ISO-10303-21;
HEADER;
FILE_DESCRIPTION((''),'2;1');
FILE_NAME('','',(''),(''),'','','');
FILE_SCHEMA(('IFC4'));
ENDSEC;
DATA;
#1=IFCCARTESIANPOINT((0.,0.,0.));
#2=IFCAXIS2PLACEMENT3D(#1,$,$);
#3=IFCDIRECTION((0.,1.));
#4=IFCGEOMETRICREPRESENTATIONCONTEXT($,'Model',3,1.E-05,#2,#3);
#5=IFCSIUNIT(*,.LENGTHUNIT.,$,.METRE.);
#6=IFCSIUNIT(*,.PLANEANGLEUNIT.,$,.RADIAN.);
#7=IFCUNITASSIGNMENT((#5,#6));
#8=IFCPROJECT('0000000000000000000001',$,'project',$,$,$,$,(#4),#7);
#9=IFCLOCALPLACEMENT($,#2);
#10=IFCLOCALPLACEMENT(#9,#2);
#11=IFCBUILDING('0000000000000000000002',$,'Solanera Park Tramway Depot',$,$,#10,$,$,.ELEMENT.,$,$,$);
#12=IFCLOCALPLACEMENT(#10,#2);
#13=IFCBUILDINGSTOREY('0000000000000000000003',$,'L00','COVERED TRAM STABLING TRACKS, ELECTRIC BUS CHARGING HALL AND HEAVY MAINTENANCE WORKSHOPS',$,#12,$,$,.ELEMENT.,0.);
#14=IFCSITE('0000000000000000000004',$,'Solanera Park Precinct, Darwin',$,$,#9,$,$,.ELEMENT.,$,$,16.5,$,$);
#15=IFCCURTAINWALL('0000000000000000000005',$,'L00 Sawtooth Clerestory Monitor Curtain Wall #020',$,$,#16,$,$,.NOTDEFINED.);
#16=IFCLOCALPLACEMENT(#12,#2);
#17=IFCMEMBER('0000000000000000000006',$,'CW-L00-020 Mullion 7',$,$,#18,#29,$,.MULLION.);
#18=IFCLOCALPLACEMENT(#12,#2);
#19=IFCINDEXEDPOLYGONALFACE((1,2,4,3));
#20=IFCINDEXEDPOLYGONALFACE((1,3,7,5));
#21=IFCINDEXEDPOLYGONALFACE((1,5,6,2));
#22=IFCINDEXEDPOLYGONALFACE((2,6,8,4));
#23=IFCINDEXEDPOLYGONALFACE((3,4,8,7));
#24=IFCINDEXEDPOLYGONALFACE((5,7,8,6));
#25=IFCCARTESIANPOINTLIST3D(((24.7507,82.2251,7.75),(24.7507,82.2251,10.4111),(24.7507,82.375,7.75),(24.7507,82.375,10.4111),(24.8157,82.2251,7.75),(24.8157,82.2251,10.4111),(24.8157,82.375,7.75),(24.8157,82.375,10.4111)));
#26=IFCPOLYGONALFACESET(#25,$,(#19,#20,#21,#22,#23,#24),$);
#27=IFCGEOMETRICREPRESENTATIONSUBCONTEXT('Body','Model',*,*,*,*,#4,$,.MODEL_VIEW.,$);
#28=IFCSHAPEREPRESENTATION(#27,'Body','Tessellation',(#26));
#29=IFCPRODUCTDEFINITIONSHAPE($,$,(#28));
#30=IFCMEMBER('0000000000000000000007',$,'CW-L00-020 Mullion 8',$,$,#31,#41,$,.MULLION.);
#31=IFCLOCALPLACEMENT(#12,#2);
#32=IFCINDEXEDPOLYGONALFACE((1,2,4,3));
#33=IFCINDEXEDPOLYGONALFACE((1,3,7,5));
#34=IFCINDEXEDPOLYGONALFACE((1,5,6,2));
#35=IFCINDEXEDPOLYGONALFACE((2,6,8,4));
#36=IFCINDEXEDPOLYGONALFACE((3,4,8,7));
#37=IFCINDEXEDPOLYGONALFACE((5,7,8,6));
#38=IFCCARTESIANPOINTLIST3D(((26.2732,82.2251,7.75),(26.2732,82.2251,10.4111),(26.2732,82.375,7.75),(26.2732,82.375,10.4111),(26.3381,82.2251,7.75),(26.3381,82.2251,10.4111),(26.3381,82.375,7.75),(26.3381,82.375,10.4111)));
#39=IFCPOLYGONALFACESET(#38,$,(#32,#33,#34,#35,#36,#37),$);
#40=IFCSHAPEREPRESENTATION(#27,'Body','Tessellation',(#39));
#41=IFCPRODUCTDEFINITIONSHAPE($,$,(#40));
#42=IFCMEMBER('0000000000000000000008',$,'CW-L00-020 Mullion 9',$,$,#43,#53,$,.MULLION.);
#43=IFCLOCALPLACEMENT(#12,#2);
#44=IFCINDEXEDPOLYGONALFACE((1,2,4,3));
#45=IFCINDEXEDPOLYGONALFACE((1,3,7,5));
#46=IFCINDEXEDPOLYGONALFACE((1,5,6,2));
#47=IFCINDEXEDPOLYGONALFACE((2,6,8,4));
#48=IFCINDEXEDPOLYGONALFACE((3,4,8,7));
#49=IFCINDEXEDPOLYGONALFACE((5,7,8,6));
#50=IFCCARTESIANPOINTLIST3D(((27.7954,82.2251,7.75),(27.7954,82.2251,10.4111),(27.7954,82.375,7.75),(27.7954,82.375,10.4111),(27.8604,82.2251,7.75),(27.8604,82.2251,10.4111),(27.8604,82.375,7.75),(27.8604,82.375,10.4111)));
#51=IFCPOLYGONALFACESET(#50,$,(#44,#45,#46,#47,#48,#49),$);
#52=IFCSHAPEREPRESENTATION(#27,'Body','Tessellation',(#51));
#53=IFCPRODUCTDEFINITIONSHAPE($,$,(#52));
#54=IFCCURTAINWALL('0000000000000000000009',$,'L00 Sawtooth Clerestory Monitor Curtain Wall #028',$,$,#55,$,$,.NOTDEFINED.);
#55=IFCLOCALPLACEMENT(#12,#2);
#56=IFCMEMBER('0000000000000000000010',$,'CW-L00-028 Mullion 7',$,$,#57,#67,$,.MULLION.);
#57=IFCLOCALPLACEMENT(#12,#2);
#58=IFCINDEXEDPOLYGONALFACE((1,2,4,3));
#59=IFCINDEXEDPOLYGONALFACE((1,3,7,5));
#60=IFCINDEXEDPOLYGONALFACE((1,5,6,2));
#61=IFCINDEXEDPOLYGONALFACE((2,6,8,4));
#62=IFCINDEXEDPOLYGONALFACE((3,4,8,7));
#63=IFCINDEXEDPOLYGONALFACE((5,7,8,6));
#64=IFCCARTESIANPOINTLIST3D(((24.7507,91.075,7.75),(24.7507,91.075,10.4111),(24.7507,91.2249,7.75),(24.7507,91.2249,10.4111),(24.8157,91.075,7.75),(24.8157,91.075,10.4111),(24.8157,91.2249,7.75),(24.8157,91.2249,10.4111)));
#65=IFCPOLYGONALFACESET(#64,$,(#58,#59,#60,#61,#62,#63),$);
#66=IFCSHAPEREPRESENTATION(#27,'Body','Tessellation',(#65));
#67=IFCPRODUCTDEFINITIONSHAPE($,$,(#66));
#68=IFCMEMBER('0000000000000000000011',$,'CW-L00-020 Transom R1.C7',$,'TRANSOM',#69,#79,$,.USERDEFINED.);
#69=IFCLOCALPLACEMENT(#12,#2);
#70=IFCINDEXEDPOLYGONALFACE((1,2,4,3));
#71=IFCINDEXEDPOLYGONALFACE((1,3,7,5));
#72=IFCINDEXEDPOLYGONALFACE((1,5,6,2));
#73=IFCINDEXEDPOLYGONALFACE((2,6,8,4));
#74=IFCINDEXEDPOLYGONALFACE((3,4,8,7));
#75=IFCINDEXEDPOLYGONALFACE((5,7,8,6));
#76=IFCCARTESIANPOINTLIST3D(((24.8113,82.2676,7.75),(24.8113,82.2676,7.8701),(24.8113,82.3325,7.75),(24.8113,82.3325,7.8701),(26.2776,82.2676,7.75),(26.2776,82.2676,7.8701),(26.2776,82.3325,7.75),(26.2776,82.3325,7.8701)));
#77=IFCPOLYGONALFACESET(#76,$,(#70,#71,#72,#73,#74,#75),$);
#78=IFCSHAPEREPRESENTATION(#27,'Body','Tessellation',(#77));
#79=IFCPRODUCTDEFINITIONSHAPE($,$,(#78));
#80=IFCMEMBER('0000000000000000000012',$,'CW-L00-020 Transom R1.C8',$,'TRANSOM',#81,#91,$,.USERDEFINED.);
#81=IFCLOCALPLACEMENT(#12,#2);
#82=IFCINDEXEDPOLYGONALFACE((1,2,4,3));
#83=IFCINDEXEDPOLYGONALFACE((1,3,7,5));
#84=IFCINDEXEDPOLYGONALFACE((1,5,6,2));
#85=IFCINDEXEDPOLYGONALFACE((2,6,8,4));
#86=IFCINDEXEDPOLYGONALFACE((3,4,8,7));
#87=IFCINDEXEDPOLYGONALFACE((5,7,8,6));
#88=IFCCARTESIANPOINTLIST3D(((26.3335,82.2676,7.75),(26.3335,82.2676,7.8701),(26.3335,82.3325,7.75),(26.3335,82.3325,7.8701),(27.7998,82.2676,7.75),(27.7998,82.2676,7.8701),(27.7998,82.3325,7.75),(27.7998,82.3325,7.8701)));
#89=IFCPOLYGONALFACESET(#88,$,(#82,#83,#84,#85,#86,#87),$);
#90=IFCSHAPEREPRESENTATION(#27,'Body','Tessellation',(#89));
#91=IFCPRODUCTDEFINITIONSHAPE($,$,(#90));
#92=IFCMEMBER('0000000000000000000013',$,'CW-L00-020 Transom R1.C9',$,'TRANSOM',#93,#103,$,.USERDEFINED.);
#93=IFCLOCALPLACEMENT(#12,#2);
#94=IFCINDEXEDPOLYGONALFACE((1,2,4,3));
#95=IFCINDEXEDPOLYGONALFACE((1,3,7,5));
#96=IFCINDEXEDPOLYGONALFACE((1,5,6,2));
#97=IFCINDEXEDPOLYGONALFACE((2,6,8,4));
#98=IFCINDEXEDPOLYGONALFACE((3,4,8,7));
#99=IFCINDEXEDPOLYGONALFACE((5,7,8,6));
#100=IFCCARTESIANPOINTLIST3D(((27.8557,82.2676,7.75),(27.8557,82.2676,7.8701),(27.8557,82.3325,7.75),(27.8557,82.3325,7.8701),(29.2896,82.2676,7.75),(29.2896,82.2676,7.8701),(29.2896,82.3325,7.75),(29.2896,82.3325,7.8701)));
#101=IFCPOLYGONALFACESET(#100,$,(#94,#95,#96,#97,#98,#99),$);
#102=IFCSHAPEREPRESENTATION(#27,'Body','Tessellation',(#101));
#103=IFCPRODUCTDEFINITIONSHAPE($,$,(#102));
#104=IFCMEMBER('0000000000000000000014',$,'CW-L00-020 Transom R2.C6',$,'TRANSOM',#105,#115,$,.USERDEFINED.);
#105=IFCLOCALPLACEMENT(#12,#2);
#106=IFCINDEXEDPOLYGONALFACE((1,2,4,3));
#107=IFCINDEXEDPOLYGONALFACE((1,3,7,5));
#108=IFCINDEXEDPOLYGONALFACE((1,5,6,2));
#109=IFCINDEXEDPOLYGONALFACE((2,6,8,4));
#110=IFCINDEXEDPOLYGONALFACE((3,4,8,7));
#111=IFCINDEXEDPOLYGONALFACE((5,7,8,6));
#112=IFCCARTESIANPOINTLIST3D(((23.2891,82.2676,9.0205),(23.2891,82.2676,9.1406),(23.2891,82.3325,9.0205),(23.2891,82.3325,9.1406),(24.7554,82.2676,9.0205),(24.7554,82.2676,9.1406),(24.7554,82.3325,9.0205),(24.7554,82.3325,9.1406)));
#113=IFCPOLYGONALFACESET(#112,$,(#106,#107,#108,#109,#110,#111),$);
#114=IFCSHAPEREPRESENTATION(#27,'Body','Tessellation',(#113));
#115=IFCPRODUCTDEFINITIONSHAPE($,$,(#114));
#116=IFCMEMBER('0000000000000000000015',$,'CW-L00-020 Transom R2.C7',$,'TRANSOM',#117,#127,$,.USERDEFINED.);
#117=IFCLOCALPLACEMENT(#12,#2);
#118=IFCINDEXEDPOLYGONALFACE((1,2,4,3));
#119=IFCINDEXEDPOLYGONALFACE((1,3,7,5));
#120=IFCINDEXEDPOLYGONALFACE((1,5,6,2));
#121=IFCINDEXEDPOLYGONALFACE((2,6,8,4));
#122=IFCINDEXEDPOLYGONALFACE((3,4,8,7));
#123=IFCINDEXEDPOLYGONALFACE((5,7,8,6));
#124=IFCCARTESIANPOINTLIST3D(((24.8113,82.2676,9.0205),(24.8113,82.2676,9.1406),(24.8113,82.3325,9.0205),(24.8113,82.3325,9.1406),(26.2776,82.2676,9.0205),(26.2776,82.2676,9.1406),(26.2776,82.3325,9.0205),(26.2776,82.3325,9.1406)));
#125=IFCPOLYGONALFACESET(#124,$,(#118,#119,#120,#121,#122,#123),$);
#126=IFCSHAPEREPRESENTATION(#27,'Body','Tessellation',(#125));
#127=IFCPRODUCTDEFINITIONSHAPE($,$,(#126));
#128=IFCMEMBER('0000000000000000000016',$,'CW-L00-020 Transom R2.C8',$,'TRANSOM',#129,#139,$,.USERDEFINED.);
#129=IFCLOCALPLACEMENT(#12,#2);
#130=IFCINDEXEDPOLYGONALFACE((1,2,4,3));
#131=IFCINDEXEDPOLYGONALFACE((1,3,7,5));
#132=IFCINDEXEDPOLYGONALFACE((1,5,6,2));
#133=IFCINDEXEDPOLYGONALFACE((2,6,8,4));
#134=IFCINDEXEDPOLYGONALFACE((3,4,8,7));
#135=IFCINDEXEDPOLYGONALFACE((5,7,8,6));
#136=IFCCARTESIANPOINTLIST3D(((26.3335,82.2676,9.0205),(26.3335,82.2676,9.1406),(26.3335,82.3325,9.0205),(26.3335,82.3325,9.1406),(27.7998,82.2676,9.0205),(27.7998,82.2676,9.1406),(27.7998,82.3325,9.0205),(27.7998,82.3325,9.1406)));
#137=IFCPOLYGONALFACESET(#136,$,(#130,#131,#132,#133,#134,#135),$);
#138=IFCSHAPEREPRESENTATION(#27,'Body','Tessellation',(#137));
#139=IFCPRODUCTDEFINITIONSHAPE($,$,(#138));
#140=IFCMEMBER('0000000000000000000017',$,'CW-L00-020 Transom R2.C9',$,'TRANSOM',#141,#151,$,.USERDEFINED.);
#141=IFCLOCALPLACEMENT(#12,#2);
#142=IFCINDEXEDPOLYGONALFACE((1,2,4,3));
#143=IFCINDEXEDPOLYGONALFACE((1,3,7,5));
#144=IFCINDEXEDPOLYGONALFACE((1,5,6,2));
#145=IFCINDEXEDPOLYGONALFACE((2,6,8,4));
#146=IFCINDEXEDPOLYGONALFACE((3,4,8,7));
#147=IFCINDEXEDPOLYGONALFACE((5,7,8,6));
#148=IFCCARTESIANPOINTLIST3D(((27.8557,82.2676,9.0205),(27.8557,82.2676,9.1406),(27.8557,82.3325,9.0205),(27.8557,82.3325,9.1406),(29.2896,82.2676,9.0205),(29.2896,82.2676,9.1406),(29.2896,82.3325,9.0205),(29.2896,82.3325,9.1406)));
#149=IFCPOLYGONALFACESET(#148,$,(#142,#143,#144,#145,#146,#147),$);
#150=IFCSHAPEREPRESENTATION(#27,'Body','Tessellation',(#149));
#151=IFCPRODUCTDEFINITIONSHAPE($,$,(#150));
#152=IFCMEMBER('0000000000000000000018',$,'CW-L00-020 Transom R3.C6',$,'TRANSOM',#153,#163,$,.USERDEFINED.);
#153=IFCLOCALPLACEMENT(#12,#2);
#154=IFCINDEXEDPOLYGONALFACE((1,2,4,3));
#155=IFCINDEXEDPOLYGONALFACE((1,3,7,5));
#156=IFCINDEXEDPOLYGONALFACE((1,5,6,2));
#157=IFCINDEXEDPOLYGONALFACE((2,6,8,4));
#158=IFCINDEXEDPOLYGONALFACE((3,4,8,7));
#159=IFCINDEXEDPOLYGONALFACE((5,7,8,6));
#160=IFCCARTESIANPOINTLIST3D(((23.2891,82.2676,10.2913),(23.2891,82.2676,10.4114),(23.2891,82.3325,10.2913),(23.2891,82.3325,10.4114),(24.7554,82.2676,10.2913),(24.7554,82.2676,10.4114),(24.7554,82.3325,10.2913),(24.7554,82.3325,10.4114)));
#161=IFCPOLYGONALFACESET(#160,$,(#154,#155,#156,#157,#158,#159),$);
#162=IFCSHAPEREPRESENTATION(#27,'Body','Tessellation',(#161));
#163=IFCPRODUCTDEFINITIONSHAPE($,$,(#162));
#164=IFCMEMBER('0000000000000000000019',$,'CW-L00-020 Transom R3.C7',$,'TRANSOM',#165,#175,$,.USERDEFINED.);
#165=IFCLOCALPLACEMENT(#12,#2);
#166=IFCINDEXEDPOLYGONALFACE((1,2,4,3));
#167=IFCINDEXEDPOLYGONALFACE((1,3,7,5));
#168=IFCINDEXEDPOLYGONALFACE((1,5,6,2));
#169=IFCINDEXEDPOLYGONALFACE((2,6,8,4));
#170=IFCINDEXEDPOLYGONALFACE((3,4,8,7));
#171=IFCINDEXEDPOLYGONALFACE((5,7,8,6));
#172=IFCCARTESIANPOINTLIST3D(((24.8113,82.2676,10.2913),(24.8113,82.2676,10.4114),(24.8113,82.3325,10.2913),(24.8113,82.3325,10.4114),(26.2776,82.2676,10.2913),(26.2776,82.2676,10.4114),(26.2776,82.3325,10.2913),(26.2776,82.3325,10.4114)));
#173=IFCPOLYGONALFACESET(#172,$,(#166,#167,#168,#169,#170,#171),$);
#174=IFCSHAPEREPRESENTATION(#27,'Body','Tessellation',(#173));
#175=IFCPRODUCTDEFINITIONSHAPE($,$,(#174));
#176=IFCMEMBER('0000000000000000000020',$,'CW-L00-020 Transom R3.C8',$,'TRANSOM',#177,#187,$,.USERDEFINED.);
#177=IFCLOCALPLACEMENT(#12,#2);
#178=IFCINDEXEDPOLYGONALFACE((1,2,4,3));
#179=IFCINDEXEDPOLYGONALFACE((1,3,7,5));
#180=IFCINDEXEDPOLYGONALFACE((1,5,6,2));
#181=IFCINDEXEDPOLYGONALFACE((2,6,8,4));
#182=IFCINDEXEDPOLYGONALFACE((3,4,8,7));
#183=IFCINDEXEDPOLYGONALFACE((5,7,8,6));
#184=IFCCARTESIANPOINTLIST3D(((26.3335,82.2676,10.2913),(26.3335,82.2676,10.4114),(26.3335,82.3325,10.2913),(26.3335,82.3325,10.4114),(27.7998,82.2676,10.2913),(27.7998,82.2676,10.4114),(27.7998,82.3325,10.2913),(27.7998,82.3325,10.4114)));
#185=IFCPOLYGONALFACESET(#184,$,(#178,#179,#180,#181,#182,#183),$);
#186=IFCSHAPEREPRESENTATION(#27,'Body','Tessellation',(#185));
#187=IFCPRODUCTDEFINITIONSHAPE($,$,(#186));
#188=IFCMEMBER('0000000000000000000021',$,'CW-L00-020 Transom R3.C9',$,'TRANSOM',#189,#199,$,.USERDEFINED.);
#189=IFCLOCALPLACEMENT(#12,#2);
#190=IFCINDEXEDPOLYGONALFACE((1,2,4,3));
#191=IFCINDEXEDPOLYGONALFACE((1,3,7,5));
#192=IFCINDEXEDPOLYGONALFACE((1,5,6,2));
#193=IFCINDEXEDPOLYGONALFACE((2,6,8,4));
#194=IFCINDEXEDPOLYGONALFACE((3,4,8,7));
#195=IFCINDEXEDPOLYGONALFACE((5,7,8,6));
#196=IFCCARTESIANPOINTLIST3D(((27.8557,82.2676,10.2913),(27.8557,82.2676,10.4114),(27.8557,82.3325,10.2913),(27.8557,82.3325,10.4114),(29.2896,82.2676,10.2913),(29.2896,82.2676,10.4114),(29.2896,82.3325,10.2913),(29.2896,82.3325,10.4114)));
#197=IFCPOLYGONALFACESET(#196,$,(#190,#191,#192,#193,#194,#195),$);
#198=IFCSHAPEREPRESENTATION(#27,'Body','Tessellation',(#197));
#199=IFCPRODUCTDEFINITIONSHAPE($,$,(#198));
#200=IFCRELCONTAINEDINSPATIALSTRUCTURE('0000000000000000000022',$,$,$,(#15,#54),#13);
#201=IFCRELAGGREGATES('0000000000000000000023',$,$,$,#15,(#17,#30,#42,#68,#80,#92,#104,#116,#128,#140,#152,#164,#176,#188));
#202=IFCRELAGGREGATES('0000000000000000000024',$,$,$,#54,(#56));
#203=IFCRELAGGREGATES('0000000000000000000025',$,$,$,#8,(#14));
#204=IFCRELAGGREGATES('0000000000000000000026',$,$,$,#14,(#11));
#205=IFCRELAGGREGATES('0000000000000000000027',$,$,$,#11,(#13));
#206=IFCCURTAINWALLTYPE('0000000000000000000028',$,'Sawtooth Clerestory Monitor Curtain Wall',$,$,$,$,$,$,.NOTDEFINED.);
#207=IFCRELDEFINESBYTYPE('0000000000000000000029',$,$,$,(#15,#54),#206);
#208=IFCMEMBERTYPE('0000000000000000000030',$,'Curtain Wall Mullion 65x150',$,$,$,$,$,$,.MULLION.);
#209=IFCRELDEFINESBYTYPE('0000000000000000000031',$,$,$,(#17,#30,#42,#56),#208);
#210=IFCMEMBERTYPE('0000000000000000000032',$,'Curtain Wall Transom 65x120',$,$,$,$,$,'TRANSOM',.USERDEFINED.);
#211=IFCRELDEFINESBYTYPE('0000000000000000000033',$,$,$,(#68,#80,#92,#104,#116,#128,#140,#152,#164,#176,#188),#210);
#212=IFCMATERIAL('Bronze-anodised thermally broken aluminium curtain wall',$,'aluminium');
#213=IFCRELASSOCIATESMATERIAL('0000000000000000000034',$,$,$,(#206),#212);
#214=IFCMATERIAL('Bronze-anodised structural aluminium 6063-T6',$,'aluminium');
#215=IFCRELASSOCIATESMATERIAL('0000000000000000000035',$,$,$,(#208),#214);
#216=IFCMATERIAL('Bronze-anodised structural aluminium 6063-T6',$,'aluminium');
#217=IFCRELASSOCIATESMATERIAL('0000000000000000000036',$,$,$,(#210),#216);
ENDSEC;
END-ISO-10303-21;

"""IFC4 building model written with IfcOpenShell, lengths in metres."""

from ifc_helpers import new_model, si_unit, direction, frame, origin, origin_2d, place, context, subcontext, project, spatial, rectangle, extrude, material, material_profile, profile_set, type_object, element, aggregate, save


model = new_model("IFC4")

# Units and contexts
model_context = context("Model", 3, precision=1e-05, world=origin(), true_north=direction((0.0, 1.0)))
body_context = subcontext(model_context, "Body", "Model", "MODEL_VIEW")
ifc_project = project(units=[si_unit("LENGTHUNIT", "METRE"), si_unit("PLANEANGLEUNIT", "RADIAN")], contexts=[model_context])

# Site, building, storey
site_placement = place(None, origin())
site = spatial("IfcSite", under=ifc_project, at=site_placement, Name="Solanera Park Precinct, Darwin", CompositionType="ELEMENT", RefElevation=16.5)
building_placement = place(site_placement, origin())
building = spatial("IfcBuilding", under=site, at=building_placement, Name="Solanera Park Tramway Depot", CompositionType="ELEMENT")
storey_placement = place(building_placement, origin())
storey = spatial("IfcBuildingStorey", under=building, at=storey_placement, Name="L00", Description="COVERED TRAM STABLING TRACKS, ELECTRIC BUS CHARGING HALL AND HEAVY MAINTENANCE WORKSHOPS", CompositionType="ELEMENT", Elevation=0.0)

# Curtain wall, members
ifc_material_1 = material(Name="Bronze-anodised thermally broken aluminium curtain wall", Category="aluminium")
curtain_wall_type = type_object("IfcCurtainWallType", Name="Sawtooth Clerestory Monitor Curtain Wall", PredefinedType="NOTDEFINED", material=ifc_material_1)
curtain_wall_1_placement = place(storey_placement, origin())
curtain_wall_1 = element("IfcCurtainWall", 1, at=curtain_wall_1_placement, inside=storey, type_object=curtain_wall_type, Name="L00 Sawtooth Clerestory Monitor Curtain Wall #020", PredefinedType="NOTDEFINED")
ifc_material_2 = material(Name="Bronze-anodised structural aluminium 6063-T6", Category="aluminium")
ifc_material_profile_1 = material_profile(ifc_material_2, rectangle(XDim=0.0649, YDim=0.1499, at=origin_2d()), Name="Curtain Wall Mullion 65x150")
ifc_profile_set_1 = profile_set([ifc_material_profile_1], Name="Bronze-anodised structural aluminium 6063-T6")
member_type_1 = type_object("IfcMemberType", Name="Curtain Wall Mullion 65x150", PredefinedType="MULLION", material=ifc_profile_set_1)
member_1_placement = place(storey_placement, frame((24.7832, 82.3, 7.75), z_axis=(0.0, 0.0, 1.0), x_axis=(1.0, 0.0, 0.0)))
member_1 = element("IfcMember", 2, at=member_1_placement, type_object=member_type_1, Name="CW-L00-020 Mullion 7", PredefinedType="MULLION", context=body_context, shape_type="SweptSolid", body=[
    extrude(rectangle(XDim=0.0649, YDim=0.1499, at=origin_2d()), origin(), (0.0, 0.0, 1.0), 2.6611),
])
member_2_placement = place(storey_placement, frame((26.3057, 82.3, 7.75), z_axis=(0.0, 0.0, 1.0), x_axis=(1.0, 0.0, 0.0)))
member_2 = element("IfcMember", 3, at=member_2_placement, type_object=member_type_1, Name="CW-L00-020 Mullion 8", PredefinedType="MULLION", context=body_context, shape_type="SweptSolid", body=[
    extrude(rectangle(XDim=0.0649, YDim=0.1499, at=origin_2d()), origin(), (0.0, 0.0, 1.0), 2.6611),
])
member_3_placement = place(storey_placement, frame((27.8279, 82.3, 7.75), z_axis=(0.0, 0.0, 1.0), x_axis=(1.0, 0.0, 0.0)))
member_3 = element("IfcMember", 4, at=member_3_placement, type_object=member_type_1, Name="CW-L00-020 Mullion 9", PredefinedType="MULLION", context=body_context, shape_type="SweptSolid", body=[
    extrude(rectangle(XDim=0.0649, YDim=0.1499, at=origin_2d()), origin(), (0.0, 0.0, 1.0), 2.6611),
])

# Curtain wall, member
curtain_wall_2_placement = place(storey_placement, origin())
curtain_wall_2 = element("IfcCurtainWall", 5, at=curtain_wall_2_placement, inside=storey, type_object=curtain_wall_type, Name="L00 Sawtooth Clerestory Monitor Curtain Wall #028", PredefinedType="NOTDEFINED")
member_4_placement = place(storey_placement, frame((24.7832, 91.1499, 7.75), z_axis=(0.0, 0.0, 1.0), x_axis=(1.0, 0.0, 0.0)))
member_4 = element("IfcMember", 6, at=member_4_placement, type_object=member_type_1, Name="CW-L00-028 Mullion 7", PredefinedType="MULLION", context=body_context, shape_type="SweptSolid", body=[
    extrude(rectangle(XDim=0.0649, YDim=0.1499, at=origin_2d()), origin(), (0.0, 0.0, 1.0), 2.6611),
])

# Members
ifc_material_3 = material(Name="Bronze-anodised structural aluminium 6063-T6", Category="aluminium")
ifc_material_profile_2 = material_profile(ifc_material_3, rectangle(XDim=0.0649, YDim=0.1201, at=origin_2d()), Name="Curtain Wall Transom 65x120")
ifc_profile_set_2 = profile_set([ifc_material_profile_2], Name="Bronze-anodised structural aluminium 6063-T6")
member_type_2 = type_object("IfcMemberType", Name="Curtain Wall Transom 65x120", ElementType="TRANSOM", PredefinedType="USERDEFINED", material=ifc_profile_set_2)
member_5_placement = place(storey_placement, frame((24.8113, 82.3, 7.8101), z_axis=(1.0, 0.0, 0.0), x_axis=(0.0, 1.0, 0.0)))
member_5 = element("IfcMember", 7, at=member_5_placement, type_object=member_type_2, Name="CW-L00-020 Transom R1.C7", ObjectType="TRANSOM", PredefinedType="USERDEFINED", context=body_context, shape_type="SweptSolid", body=[
    extrude(rectangle(XDim=0.0649, YDim=0.1201, at=origin_2d()), origin(), (0.0, 0.0, 1.0), 1.4663),
])
member_6_placement = place(storey_placement, frame((26.3335, 82.3, 7.8101), z_axis=(1.0, 0.0, 0.0), x_axis=(0.0, 1.0, 0.0)))
member_6 = element("IfcMember", 8, at=member_6_placement, type_object=member_type_2, Name="CW-L00-020 Transom R1.C8", ObjectType="TRANSOM", PredefinedType="USERDEFINED", context=body_context, shape_type="SweptSolid", body=[
    extrude(rectangle(XDim=0.0649, YDim=0.1201, at=origin_2d()), origin(), (0.0, 0.0, 1.0), 1.4663),
])
member_7_placement = place(storey_placement, frame((27.8557, 82.3, 7.8101), z_axis=(1.0, 0.0, 0.0), x_axis=(0.0, 1.0, 0.0)))
member_7 = element("IfcMember", 9, at=member_7_placement, type_object=member_type_2, Name="CW-L00-020 Transom R1.C9", ObjectType="TRANSOM", PredefinedType="USERDEFINED", context=body_context, shape_type="SweptSolid", body=[
    extrude(rectangle(XDim=0.0649, YDim=0.1201, at=origin_2d()), origin(), (0.0, 0.0, 1.0), 1.4338),
])
member_8_placement = place(storey_placement, frame((23.2891, 82.3, 9.0806), z_axis=(1.0, 0.0, 0.0), x_axis=(0.0, 1.0, 0.0)))
member_8 = element("IfcMember", 10, at=member_8_placement, type_object=member_type_2, Name="CW-L00-020 Transom R2.C6", ObjectType="TRANSOM", PredefinedType="USERDEFINED", context=body_context, shape_type="SweptSolid", body=[
    extrude(rectangle(XDim=0.0649, YDim=0.1201, at=origin_2d()), origin(), (0.0, 0.0, 1.0), 1.4663),
])
member_9_placement = place(storey_placement, frame((24.8113, 82.3, 9.0806), z_axis=(1.0, 0.0, 0.0), x_axis=(0.0, 1.0, 0.0)))
member_9 = element("IfcMember", 11, at=member_9_placement, type_object=member_type_2, Name="CW-L00-020 Transom R2.C7", ObjectType="TRANSOM", PredefinedType="USERDEFINED", context=body_context, shape_type="SweptSolid", body=[
    extrude(rectangle(XDim=0.0649, YDim=0.1201, at=origin_2d()), origin(), (0.0, 0.0, 1.0), 1.4663),
])
member_10_placement = place(storey_placement, frame((26.3335, 82.3, 9.0806), z_axis=(1.0, 0.0, 0.0), x_axis=(0.0, 1.0, 0.0)))
member_10 = element("IfcMember", 12, at=member_10_placement, type_object=member_type_2, Name="CW-L00-020 Transom R2.C8", ObjectType="TRANSOM", PredefinedType="USERDEFINED", context=body_context, shape_type="SweptSolid", body=[
    extrude(rectangle(XDim=0.0649, YDim=0.1201, at=origin_2d()), origin(), (0.0, 0.0, 1.0), 1.4663),
])
member_11_placement = place(storey_placement, frame((27.8557, 82.3, 9.0806), z_axis=(1.0, 0.0, 0.0), x_axis=(0.0, 1.0, 0.0)))
member_11 = element("IfcMember", 13, at=member_11_placement, type_object=member_type_2, Name="CW-L00-020 Transom R2.C9", ObjectType="TRANSOM", PredefinedType="USERDEFINED", context=body_context, shape_type="SweptSolid", body=[
    extrude(rectangle(XDim=0.0649, YDim=0.1201, at=origin_2d()), origin(), (0.0, 0.0, 1.0), 1.4338),
])
member_12_placement = place(storey_placement, frame((23.2891, 82.3, 10.3513), z_axis=(1.0, 0.0, 0.0), x_axis=(0.0, 1.0, 0.0)))
member_12 = element("IfcMember", 14, at=member_12_placement, type_object=member_type_2, Name="CW-L00-020 Transom R3.C6", ObjectType="TRANSOM", PredefinedType="USERDEFINED", context=body_context, shape_type="SweptSolid", body=[
    extrude(rectangle(XDim=0.0649, YDim=0.1201, at=origin_2d()), origin(), (0.0, 0.0, 1.0), 1.4663),
])
member_13_placement = place(storey_placement, frame((24.8113, 82.3, 10.3513), z_axis=(1.0, 0.0, 0.0), x_axis=(0.0, 1.0, 0.0)))
member_13 = element("IfcMember", 15, at=member_13_placement, type_object=member_type_2, Name="CW-L00-020 Transom R3.C7", ObjectType="TRANSOM", PredefinedType="USERDEFINED", context=body_context, shape_type="SweptSolid", body=[
    extrude(rectangle(XDim=0.0649, YDim=0.1201, at=origin_2d()), origin(), (0.0, 0.0, 1.0), 1.4663),
])
member_14_placement = place(storey_placement, frame((26.3335, 82.3, 10.3513), z_axis=(1.0, 0.0, 0.0), x_axis=(0.0, 1.0, 0.0)))
member_14 = element("IfcMember", 16, at=member_14_placement, type_object=member_type_2, Name="CW-L00-020 Transom R3.C8", ObjectType="TRANSOM", PredefinedType="USERDEFINED", context=body_context, shape_type="SweptSolid", body=[
    extrude(rectangle(XDim=0.0649, YDim=0.1201, at=origin_2d()), origin(), (0.0, 0.0, 1.0), 1.4663),
])
member_15_placement = place(storey_placement, frame((27.8557, 82.3, 10.3513), z_axis=(1.0, 0.0, 0.0), x_axis=(0.0, 1.0, 0.0)))
member_15 = element("IfcMember", 17, at=member_15_placement, type_object=member_type_2, Name="CW-L00-020 Transom R3.C9", ObjectType="TRANSOM", PredefinedType="USERDEFINED", context=body_context, shape_type="SweptSolid", body=[
    extrude(rectangle(XDim=0.0649, YDim=0.1201, at=origin_2d()), origin(), (0.0, 0.0, 1.0), 1.4338),
])

aggregate(curtain_wall_1, [member_1, member_2, member_3, member_5, member_6, member_7, member_8, member_9, member_10, member_11, member_12, member_13, member_14, member_15])
aggregate(curtain_wall_2, [member_4])

save(model, "model.ifc")
